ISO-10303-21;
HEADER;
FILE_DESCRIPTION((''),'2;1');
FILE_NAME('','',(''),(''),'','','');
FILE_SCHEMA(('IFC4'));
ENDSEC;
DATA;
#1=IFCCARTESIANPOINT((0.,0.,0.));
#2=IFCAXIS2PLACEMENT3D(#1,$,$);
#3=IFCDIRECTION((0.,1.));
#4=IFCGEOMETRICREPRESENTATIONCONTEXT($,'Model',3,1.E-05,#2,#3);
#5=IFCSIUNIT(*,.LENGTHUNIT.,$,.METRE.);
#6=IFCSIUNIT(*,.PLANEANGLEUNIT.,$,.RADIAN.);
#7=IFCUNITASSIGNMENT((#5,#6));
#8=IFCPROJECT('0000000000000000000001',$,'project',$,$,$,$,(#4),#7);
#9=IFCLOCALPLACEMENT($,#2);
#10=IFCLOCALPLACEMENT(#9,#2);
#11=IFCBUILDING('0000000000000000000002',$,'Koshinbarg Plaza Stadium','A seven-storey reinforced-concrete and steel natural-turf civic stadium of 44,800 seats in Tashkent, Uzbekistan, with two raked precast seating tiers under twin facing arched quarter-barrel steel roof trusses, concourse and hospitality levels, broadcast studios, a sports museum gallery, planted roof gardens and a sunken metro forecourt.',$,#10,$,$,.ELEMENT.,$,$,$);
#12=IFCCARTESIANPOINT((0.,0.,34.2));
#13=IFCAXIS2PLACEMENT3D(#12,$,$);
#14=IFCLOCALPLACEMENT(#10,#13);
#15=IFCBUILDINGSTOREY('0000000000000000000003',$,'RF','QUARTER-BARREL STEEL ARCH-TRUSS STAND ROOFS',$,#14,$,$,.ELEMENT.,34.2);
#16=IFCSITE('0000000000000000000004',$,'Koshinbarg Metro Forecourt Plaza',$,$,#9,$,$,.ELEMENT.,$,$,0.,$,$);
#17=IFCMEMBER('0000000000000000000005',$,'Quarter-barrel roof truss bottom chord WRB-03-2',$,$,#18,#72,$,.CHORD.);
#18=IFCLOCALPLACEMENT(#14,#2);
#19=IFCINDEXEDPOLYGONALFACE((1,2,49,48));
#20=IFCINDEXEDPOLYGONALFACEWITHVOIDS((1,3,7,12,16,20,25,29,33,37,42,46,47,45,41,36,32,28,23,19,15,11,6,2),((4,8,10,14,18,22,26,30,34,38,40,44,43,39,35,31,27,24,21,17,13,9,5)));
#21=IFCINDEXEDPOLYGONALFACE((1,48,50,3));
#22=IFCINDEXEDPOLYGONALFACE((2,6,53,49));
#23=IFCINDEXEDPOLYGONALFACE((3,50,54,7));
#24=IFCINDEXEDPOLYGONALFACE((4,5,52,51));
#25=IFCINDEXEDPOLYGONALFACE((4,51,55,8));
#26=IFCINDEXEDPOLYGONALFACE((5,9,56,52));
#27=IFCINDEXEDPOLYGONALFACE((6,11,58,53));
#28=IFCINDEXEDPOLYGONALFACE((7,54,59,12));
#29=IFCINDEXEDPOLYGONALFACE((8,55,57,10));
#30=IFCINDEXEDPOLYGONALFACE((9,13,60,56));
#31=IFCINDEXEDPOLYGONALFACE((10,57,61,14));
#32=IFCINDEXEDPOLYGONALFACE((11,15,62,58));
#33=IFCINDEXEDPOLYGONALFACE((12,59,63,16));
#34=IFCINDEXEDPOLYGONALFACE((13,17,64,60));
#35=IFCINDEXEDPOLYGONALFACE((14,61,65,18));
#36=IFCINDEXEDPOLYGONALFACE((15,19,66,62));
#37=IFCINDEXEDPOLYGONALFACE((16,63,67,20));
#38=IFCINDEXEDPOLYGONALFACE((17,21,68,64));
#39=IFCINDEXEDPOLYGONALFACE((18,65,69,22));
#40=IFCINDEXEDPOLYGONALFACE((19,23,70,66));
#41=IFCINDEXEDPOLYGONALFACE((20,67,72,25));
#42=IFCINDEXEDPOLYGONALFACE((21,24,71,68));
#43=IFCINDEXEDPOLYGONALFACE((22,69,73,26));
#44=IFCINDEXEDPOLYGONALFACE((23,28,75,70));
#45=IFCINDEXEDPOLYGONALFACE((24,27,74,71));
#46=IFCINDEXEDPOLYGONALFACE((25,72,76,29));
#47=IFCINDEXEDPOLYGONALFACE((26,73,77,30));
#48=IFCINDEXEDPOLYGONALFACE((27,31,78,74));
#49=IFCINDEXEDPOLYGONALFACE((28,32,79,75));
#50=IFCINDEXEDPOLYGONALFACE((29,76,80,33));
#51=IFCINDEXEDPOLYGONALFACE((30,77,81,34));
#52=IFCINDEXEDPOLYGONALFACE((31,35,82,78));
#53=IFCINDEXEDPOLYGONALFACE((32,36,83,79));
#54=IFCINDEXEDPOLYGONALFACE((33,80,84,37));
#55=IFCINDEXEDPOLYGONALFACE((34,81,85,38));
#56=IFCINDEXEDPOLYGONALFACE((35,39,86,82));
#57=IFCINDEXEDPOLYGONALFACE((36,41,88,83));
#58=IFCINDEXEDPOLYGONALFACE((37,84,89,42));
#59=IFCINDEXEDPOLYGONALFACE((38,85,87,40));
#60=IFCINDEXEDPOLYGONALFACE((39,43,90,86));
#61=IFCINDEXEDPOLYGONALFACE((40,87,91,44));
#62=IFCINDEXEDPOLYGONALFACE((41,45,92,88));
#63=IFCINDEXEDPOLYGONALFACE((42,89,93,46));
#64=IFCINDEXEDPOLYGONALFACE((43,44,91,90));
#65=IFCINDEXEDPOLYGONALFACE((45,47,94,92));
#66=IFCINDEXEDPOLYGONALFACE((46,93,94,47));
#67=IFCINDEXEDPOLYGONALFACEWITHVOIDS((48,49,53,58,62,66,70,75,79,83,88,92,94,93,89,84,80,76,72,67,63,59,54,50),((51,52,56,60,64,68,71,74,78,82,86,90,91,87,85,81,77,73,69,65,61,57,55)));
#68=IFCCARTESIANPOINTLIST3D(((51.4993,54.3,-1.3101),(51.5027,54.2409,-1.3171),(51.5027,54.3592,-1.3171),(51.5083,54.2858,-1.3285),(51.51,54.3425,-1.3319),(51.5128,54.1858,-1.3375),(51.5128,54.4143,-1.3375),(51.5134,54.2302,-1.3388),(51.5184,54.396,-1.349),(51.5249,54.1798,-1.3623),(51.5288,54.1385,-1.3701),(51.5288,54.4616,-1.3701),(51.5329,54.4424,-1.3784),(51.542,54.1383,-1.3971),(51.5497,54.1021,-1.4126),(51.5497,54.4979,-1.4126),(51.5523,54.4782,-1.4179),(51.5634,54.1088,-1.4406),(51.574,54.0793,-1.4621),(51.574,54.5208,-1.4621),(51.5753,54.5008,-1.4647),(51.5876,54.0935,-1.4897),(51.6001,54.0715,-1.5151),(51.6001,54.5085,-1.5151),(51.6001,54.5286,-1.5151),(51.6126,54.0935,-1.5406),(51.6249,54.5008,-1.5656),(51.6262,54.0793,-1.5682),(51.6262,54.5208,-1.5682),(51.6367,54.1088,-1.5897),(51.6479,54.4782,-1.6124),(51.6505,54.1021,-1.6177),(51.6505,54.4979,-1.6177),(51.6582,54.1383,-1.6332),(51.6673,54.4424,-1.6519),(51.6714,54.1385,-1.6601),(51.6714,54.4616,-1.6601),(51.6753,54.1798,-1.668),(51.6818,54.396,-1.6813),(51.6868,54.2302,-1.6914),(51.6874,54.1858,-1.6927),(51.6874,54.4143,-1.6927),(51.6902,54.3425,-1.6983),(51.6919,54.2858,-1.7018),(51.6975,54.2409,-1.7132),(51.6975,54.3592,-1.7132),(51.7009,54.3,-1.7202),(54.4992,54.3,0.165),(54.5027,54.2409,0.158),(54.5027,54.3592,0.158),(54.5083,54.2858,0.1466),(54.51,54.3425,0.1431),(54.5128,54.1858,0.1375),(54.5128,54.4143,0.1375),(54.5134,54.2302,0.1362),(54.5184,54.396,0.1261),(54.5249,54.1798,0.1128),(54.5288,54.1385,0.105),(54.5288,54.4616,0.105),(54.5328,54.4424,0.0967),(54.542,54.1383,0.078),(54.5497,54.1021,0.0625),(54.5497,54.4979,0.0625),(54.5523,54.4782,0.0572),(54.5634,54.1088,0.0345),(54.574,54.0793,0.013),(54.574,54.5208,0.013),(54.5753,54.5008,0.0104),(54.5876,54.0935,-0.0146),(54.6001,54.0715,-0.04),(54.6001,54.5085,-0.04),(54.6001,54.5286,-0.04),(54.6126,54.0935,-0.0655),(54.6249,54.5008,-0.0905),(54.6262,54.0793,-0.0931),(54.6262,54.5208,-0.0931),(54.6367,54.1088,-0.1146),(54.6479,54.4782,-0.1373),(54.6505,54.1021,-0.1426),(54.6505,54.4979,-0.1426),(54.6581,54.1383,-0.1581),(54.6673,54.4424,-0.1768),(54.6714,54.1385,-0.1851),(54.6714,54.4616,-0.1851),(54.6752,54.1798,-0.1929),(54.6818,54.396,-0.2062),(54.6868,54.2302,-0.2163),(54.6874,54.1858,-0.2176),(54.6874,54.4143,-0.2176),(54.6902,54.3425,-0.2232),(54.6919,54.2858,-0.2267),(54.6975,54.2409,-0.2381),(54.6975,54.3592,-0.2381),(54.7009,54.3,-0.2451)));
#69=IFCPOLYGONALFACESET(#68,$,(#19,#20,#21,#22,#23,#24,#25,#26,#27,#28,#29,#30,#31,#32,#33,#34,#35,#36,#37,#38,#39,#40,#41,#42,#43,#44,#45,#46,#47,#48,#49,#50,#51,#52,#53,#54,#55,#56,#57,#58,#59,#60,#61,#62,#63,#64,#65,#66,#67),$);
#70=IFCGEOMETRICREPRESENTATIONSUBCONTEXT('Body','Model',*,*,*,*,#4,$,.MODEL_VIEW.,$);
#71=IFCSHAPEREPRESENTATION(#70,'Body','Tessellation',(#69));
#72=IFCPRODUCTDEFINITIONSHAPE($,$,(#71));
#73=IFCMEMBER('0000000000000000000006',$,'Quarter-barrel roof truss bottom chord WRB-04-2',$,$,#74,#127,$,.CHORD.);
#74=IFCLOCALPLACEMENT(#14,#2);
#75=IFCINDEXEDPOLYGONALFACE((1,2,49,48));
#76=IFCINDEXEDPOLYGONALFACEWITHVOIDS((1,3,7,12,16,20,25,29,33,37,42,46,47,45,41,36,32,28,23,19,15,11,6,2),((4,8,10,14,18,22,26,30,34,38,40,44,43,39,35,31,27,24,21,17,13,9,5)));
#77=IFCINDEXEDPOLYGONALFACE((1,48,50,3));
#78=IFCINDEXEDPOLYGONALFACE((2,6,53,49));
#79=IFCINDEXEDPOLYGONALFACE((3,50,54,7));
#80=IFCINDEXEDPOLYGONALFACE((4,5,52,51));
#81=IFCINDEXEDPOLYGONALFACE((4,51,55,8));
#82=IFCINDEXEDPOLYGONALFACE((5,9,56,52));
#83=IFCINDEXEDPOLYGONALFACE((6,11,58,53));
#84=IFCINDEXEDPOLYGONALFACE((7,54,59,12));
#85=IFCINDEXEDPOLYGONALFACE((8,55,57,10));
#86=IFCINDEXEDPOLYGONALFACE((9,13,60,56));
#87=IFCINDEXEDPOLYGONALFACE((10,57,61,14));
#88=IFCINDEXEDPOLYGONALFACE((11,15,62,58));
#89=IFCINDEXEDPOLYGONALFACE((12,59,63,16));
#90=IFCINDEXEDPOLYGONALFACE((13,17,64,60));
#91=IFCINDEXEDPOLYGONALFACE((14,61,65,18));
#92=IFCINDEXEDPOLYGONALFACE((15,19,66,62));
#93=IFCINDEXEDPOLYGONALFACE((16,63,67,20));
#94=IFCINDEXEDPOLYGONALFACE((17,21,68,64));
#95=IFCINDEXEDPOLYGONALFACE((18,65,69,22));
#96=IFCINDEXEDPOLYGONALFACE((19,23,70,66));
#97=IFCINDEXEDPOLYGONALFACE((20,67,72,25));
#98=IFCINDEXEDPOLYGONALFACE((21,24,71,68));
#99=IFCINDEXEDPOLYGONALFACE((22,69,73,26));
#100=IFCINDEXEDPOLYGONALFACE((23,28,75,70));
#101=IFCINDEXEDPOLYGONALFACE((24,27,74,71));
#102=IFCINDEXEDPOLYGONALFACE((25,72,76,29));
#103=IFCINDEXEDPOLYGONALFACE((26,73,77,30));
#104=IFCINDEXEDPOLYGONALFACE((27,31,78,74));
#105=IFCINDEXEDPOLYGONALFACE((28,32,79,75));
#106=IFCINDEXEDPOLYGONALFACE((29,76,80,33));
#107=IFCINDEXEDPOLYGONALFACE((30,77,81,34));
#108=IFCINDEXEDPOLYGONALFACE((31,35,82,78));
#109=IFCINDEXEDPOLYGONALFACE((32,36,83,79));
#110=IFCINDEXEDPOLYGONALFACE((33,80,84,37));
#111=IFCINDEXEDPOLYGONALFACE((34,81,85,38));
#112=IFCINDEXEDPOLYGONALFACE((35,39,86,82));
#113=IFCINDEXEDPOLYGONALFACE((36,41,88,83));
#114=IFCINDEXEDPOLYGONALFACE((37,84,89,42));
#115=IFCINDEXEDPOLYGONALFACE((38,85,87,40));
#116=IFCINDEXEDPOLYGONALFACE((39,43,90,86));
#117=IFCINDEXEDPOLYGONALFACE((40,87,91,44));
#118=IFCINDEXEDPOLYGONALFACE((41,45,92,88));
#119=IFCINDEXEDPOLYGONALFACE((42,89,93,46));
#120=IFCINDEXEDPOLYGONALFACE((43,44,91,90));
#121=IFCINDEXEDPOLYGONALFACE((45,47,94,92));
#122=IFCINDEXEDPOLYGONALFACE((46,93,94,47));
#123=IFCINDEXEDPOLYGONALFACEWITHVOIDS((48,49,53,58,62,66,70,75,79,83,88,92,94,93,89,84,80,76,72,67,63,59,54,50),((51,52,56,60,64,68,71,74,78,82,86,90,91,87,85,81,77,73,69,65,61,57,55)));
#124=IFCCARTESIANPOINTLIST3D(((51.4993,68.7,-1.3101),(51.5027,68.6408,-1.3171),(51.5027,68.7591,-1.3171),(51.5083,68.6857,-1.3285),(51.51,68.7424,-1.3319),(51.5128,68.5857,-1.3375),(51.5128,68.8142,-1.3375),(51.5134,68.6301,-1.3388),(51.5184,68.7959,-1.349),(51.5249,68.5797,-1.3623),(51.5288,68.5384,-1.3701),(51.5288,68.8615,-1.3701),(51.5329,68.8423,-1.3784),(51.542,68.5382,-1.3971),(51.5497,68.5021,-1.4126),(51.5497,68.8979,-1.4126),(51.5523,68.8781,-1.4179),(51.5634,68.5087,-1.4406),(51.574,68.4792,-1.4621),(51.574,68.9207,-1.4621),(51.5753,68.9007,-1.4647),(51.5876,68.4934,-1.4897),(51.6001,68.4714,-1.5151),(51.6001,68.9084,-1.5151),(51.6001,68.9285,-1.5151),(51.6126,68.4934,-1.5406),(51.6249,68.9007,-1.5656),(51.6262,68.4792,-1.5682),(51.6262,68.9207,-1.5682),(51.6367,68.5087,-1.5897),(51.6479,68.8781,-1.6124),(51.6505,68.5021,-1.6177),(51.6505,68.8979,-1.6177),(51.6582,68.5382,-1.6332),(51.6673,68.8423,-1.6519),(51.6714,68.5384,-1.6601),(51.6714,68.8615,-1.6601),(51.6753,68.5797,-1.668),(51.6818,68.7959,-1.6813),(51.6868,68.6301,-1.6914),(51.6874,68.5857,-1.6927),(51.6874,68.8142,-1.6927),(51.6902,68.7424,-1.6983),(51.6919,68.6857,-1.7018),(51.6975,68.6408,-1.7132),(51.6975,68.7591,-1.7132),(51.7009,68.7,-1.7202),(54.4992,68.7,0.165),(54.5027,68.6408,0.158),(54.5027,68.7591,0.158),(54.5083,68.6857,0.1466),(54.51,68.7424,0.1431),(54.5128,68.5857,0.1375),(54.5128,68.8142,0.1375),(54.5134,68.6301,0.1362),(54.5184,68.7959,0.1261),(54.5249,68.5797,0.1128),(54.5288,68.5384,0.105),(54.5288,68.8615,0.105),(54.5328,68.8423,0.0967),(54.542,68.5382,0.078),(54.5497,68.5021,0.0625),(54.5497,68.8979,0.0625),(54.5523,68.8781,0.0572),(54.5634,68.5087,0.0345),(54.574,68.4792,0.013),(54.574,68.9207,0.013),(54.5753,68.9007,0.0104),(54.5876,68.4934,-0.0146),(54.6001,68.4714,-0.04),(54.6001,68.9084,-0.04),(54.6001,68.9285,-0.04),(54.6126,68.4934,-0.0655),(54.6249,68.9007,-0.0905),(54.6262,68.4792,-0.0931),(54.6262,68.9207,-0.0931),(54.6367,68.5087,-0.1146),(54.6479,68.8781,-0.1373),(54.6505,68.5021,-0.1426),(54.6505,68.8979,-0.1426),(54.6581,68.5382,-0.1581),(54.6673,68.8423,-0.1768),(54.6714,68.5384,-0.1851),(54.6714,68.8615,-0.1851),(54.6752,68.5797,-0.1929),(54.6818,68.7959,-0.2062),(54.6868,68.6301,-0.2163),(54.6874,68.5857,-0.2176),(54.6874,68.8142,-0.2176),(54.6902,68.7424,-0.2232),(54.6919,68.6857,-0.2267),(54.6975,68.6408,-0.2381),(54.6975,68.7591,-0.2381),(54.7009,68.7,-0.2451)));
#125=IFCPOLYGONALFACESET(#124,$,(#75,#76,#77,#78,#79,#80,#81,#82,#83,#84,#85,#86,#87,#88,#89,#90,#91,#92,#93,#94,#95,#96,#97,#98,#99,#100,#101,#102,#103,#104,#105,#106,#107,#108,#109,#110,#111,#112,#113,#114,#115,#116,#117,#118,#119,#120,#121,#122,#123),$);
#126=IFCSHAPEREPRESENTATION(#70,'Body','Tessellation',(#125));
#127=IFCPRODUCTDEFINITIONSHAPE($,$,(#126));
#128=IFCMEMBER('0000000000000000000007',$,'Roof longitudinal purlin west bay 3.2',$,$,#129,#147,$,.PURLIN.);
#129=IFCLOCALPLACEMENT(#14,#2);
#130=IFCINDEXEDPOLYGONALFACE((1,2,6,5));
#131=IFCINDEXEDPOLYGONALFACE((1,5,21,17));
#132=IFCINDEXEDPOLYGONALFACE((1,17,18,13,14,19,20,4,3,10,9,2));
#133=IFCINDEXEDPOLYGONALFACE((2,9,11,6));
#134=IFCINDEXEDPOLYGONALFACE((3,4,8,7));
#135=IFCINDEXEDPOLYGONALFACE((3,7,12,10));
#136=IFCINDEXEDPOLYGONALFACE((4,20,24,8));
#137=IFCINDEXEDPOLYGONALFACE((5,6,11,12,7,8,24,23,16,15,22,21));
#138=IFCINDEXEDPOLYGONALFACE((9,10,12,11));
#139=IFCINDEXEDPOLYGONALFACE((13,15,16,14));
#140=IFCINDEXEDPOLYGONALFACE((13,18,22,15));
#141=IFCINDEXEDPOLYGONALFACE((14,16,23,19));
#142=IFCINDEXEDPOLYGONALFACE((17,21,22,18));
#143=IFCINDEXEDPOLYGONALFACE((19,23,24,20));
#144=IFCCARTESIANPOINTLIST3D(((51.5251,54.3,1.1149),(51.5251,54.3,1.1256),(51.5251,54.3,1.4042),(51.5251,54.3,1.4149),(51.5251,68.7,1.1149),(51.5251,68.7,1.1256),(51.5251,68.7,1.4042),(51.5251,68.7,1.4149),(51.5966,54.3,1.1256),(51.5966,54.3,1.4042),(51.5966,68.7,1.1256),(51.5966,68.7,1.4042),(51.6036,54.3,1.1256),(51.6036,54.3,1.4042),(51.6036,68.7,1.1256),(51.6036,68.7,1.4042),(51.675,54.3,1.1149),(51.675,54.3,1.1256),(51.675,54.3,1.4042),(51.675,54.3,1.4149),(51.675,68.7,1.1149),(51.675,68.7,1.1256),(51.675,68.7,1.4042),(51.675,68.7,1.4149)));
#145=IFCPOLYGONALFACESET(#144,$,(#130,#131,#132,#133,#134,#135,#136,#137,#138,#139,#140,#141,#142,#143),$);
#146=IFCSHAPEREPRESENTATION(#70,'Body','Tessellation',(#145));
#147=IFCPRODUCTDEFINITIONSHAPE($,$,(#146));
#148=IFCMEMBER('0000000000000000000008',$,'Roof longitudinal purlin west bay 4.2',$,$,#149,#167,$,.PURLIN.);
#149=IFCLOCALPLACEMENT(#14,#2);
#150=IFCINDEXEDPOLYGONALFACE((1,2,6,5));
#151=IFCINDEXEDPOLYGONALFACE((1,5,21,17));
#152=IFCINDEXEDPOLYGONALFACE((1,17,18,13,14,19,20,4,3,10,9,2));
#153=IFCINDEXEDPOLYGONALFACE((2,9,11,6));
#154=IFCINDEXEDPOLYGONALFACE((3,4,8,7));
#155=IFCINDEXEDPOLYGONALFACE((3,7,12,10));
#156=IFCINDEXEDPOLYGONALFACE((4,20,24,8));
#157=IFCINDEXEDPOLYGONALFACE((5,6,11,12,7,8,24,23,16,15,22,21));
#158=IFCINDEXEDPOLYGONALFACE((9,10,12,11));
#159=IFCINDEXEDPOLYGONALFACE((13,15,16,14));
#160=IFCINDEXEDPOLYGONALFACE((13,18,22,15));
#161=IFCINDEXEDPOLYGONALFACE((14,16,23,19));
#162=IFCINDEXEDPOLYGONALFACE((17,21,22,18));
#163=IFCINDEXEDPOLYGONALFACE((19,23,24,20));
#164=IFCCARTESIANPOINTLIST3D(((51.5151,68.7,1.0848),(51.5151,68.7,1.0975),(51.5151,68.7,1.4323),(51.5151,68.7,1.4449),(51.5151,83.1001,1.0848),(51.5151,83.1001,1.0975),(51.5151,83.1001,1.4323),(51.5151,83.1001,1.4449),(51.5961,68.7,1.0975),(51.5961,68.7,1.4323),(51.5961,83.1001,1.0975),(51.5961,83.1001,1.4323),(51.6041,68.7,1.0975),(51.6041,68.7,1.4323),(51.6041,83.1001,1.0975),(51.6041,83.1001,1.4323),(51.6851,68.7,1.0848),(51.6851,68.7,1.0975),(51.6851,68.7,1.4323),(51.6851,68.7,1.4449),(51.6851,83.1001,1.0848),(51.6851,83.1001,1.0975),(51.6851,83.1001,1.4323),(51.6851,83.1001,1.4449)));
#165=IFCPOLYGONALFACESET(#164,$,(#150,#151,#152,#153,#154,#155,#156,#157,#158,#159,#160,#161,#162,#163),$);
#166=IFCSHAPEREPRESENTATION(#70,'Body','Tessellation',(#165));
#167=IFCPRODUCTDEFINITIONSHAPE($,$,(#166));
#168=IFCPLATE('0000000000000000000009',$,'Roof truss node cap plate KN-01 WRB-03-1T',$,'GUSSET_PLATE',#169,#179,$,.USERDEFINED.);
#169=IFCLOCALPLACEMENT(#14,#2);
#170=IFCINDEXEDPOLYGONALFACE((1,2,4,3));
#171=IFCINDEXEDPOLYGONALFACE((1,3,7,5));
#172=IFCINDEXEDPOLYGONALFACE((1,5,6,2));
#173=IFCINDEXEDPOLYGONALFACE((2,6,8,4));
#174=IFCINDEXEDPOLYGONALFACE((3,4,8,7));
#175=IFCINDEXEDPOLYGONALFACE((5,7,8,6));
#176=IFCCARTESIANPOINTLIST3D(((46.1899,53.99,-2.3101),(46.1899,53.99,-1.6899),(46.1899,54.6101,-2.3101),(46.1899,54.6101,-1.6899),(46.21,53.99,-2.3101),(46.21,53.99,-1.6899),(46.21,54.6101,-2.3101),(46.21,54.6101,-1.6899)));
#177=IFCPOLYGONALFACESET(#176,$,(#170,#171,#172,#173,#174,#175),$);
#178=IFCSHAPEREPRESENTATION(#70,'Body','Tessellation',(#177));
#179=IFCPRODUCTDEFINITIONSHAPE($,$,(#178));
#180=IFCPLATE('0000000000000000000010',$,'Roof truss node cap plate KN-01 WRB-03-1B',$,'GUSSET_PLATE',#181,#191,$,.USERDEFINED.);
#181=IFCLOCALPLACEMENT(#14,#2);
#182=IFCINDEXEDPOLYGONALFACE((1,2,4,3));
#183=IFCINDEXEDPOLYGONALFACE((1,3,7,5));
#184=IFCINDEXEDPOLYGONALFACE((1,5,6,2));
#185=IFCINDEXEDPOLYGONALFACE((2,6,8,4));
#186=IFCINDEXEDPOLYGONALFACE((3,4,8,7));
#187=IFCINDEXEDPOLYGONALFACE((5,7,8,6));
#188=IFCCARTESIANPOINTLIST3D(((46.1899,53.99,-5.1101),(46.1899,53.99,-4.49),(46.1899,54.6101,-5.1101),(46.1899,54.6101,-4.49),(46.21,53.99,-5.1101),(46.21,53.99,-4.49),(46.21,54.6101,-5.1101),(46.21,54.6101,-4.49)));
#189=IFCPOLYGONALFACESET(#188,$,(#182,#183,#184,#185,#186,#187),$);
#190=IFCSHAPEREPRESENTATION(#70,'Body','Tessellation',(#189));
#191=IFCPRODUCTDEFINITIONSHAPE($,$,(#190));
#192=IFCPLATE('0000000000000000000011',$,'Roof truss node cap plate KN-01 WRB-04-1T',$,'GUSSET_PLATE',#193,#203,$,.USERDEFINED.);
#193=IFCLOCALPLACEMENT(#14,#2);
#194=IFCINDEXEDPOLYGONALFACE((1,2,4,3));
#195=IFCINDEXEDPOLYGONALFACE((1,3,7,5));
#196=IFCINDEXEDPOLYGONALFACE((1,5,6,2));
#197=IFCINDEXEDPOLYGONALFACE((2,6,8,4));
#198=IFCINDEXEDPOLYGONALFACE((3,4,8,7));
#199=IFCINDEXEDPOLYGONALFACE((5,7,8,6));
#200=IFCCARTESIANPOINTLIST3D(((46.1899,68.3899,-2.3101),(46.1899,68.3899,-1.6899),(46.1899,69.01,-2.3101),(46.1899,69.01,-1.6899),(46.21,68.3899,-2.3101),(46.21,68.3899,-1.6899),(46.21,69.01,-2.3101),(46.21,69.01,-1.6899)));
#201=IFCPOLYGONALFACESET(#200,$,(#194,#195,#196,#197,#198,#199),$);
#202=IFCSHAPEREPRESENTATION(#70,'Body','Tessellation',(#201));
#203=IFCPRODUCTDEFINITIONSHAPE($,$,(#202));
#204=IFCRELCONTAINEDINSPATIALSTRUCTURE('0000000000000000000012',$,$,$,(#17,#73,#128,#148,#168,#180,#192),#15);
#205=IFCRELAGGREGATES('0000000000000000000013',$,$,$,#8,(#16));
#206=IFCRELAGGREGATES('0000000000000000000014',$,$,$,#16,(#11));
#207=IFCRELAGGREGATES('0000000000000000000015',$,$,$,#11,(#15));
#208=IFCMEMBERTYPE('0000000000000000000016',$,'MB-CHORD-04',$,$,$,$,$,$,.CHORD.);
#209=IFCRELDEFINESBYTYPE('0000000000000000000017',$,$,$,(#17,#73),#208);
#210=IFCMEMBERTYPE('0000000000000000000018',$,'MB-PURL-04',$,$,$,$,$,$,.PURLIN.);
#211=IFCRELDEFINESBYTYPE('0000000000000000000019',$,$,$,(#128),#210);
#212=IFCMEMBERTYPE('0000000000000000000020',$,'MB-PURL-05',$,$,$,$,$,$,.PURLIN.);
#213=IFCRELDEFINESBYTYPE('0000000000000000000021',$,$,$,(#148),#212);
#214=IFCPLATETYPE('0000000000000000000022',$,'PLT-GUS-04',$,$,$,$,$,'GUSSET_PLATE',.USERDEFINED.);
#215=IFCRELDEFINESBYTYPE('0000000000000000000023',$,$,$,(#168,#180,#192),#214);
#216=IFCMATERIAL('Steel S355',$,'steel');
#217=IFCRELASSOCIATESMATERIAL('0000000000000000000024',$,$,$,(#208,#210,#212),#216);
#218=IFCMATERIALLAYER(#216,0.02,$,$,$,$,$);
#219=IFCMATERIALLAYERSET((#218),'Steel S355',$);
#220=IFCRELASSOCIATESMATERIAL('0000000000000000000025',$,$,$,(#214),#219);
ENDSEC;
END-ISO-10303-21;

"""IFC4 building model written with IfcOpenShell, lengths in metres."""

from ifc_helpers import new_model, si_unit, direction, frame, origin, origin_2d, place, context, subcontext, project, spatial, rectangle, hollow_circle, i_section, extrude, material, layer, layer_set, material_profile, profile_set, type_object, element, save


model = new_model("IFC4")

# Units and contexts
model_context = context("Model", 3, precision=1e-05, world=origin(), true_north=direction((0.0, 1.0)))
body_context = subcontext(model_context, "Body", "Model", "MODEL_VIEW")
ifc_project = project(units=[si_unit("LENGTHUNIT", "METRE"), si_unit("PLANEANGLEUNIT", "RADIAN")], contexts=[model_context])

# Site, building, storey
site_placement = place(None, origin())
site = spatial("IfcSite", under=ifc_project, at=site_placement, Name="Koshinbarg Metro Forecourt Plaza", CompositionType="ELEMENT", RefElevation=0.0)
building_placement = place(site_placement, origin())
building = spatial("IfcBuilding", under=site, at=building_placement, Name="Koshinbarg Plaza Stadium", Description="A seven-storey reinforced-concrete and steel natural-turf civic stadium of 44,800 seats in Tashkent, Uzbekistan, with two raked precast seating tiers under twin facing arched quarter-barrel steel roof trusses, concourse and hospitality levels, broadcast studios, a sports museum gallery, planted roof gardens and a sunken metro forecourt.", CompositionType="ELEMENT")
storey_placement = place(building_placement, frame((0.0, 0.0, 34.2)))
storey = spatial("IfcBuildingStorey", under=building, at=storey_placement, Name="RF", Description="QUARTER-BARREL STEEL ARCH-TRUSS STAND ROOFS", CompositionType="ELEMENT", Elevation=34.2)

# Shared definitions
ifc_material_1 = material(Name="Steel S355", Category="steel")

# Members
ifc_material_profile_1 = material_profile(ifc_material_1, hollow_circle(Radius=0.2285, WallThickness=0.02, at=origin_2d()), Name="CHS 457x20")
ifc_profile_set_1 = profile_set([ifc_material_profile_1], Name="Steel S355")
member_type_1 = type_object("IfcMemberType", Name="MB-CHORD-04", PredefinedType="CHORD", material=ifc_profile_set_1)
for number, where, z_axis, x_axis, name in (
    (1, (51.6001, 54.3, -1.5151), (0.897387, 0.0, 0.441244), (0.0, 1.0, 0.0), "Quarter-barrel roof truss bottom chord WRB-03-2"),
    (2, (51.6001, 68.7, -1.5151), (0.897387, 0.0, 0.441244), (0.0, 1.0, 0.0), "Quarter-barrel roof truss bottom chord WRB-04-2"),
):
    element("IfcMember", number, at=place(storey_placement, frame(where, z_axis=z_axis, x_axis=x_axis)), inside=storey, type_object=member_type_1, Name=name, PredefinedType="CHORD", context=body_context, shape_type="SweptSolid", body=[
        extrude(hollow_circle(Radius=0.2285, WallThickness=0.02, at=origin_2d()), origin(), (0.0, 0.0, 1.0), 3.343),
    ])
ifc_material_profile_2 = material_profile(ifc_material_1, i_section(OverallWidth=0.1499, OverallDepth=0.3, WebThickness=0.0071, FlangeThickness=0.0107, at=origin_2d()), Name="IPE 300")
ifc_profile_set_2 = profile_set([ifc_material_profile_2], Name="Steel S355")
member_type_2 = type_object("IfcMemberType", Name="MB-PURL-04", PredefinedType="PURLIN", material=ifc_profile_set_2)
member_1_placement = place(storey_placement, frame((51.6001, 54.3, 1.2649), z_axis=(0.0, 1.0, 0.0), x_axis=(-1.0, 0.0, 0.0)))
element("IfcMember", 3, at=member_1_placement, inside=storey, type_object=member_type_2, Name="Roof longitudinal purlin west bay 3.2", PredefinedType="PURLIN", context=body_context, shape_type="SweptSolid", body=[
    extrude(i_section(OverallWidth=0.1499, OverallDepth=0.3, WebThickness=0.0071, FlangeThickness=0.0107, at=origin_2d()), origin(), (0.0, 0.0, 1.0), 14.3999),
])
ifc_material_profile_3 = material_profile(ifc_material_1, i_section(OverallWidth=0.1699, OverallDepth=0.3601, WebThickness=0.0081, FlangeThickness=0.0127, at=origin_2d()), Name="IPE 360")
ifc_profile_set_3 = profile_set([ifc_material_profile_3], Name="Steel S355")
member_type_3 = type_object("IfcMemberType", Name="MB-PURL-05", PredefinedType="PURLIN", material=ifc_profile_set_3)
member_2_placement = place(storey_placement, frame((51.6001, 68.7, 1.2649), z_axis=(0.0, 1.0, 0.0), x_axis=(-1.0, 0.0, 0.0)))
element("IfcMember", 4, at=member_2_placement, inside=storey, type_object=member_type_3, Name="Roof longitudinal purlin west bay 4.2", PredefinedType="PURLIN", context=body_context, shape_type="SweptSolid", body=[
    extrude(i_section(OverallWidth=0.1699, OverallDepth=0.3601, WebThickness=0.0081, FlangeThickness=0.0127, at=origin_2d()), origin(), (0.0, 0.0, 1.0), 14.4001),
])

# Plates
ifc_layer_1 = layer(ifc_material_1, 0.02)
ifc_layer_set_1 = layer_set([ifc_layer_1], Name="Steel S355")
plate_type = type_object("IfcPlateType", Name="PLT-GUS-04", ElementType="GUSSET_PLATE", PredefinedType="USERDEFINED", material=ifc_layer_set_1)
for number, where, z_axis, x_axis, name in (
    (5, (46.2, 54.3, -2.3101), (0.0, 0.0, 1.0), (1.0, 0.0, 0.0), "Roof truss node cap plate KN-01 WRB-03-1T"),
    (6, (46.2, 54.3, -5.1101), (0.0, 0.0, 1.0), (1.0, 0.0, 0.0), "Roof truss node cap plate KN-01 WRB-03-1B"),
    (7, (46.2, 68.7, -2.3101), (0.0, 0.0, 1.0), (1.0, 0.0, 0.0), "Roof truss node cap plate KN-01 WRB-04-1T"),
):
    element("IfcPlate", number, at=place(storey_placement, frame(where, z_axis=z_axis, x_axis=x_axis)), inside=storey, type_object=plate_type, Name=name, ObjectType="GUSSET_PLATE", PredefinedType="USERDEFINED", context=body_context, shape_type="SweptSolid", body=[
        extrude(rectangle(XDim=0.02, YDim=0.6201, at=origin_2d()), origin(), (0.0, 0.0, 1.0), 0.6201),
    ])

save(model, "model.ifc")
